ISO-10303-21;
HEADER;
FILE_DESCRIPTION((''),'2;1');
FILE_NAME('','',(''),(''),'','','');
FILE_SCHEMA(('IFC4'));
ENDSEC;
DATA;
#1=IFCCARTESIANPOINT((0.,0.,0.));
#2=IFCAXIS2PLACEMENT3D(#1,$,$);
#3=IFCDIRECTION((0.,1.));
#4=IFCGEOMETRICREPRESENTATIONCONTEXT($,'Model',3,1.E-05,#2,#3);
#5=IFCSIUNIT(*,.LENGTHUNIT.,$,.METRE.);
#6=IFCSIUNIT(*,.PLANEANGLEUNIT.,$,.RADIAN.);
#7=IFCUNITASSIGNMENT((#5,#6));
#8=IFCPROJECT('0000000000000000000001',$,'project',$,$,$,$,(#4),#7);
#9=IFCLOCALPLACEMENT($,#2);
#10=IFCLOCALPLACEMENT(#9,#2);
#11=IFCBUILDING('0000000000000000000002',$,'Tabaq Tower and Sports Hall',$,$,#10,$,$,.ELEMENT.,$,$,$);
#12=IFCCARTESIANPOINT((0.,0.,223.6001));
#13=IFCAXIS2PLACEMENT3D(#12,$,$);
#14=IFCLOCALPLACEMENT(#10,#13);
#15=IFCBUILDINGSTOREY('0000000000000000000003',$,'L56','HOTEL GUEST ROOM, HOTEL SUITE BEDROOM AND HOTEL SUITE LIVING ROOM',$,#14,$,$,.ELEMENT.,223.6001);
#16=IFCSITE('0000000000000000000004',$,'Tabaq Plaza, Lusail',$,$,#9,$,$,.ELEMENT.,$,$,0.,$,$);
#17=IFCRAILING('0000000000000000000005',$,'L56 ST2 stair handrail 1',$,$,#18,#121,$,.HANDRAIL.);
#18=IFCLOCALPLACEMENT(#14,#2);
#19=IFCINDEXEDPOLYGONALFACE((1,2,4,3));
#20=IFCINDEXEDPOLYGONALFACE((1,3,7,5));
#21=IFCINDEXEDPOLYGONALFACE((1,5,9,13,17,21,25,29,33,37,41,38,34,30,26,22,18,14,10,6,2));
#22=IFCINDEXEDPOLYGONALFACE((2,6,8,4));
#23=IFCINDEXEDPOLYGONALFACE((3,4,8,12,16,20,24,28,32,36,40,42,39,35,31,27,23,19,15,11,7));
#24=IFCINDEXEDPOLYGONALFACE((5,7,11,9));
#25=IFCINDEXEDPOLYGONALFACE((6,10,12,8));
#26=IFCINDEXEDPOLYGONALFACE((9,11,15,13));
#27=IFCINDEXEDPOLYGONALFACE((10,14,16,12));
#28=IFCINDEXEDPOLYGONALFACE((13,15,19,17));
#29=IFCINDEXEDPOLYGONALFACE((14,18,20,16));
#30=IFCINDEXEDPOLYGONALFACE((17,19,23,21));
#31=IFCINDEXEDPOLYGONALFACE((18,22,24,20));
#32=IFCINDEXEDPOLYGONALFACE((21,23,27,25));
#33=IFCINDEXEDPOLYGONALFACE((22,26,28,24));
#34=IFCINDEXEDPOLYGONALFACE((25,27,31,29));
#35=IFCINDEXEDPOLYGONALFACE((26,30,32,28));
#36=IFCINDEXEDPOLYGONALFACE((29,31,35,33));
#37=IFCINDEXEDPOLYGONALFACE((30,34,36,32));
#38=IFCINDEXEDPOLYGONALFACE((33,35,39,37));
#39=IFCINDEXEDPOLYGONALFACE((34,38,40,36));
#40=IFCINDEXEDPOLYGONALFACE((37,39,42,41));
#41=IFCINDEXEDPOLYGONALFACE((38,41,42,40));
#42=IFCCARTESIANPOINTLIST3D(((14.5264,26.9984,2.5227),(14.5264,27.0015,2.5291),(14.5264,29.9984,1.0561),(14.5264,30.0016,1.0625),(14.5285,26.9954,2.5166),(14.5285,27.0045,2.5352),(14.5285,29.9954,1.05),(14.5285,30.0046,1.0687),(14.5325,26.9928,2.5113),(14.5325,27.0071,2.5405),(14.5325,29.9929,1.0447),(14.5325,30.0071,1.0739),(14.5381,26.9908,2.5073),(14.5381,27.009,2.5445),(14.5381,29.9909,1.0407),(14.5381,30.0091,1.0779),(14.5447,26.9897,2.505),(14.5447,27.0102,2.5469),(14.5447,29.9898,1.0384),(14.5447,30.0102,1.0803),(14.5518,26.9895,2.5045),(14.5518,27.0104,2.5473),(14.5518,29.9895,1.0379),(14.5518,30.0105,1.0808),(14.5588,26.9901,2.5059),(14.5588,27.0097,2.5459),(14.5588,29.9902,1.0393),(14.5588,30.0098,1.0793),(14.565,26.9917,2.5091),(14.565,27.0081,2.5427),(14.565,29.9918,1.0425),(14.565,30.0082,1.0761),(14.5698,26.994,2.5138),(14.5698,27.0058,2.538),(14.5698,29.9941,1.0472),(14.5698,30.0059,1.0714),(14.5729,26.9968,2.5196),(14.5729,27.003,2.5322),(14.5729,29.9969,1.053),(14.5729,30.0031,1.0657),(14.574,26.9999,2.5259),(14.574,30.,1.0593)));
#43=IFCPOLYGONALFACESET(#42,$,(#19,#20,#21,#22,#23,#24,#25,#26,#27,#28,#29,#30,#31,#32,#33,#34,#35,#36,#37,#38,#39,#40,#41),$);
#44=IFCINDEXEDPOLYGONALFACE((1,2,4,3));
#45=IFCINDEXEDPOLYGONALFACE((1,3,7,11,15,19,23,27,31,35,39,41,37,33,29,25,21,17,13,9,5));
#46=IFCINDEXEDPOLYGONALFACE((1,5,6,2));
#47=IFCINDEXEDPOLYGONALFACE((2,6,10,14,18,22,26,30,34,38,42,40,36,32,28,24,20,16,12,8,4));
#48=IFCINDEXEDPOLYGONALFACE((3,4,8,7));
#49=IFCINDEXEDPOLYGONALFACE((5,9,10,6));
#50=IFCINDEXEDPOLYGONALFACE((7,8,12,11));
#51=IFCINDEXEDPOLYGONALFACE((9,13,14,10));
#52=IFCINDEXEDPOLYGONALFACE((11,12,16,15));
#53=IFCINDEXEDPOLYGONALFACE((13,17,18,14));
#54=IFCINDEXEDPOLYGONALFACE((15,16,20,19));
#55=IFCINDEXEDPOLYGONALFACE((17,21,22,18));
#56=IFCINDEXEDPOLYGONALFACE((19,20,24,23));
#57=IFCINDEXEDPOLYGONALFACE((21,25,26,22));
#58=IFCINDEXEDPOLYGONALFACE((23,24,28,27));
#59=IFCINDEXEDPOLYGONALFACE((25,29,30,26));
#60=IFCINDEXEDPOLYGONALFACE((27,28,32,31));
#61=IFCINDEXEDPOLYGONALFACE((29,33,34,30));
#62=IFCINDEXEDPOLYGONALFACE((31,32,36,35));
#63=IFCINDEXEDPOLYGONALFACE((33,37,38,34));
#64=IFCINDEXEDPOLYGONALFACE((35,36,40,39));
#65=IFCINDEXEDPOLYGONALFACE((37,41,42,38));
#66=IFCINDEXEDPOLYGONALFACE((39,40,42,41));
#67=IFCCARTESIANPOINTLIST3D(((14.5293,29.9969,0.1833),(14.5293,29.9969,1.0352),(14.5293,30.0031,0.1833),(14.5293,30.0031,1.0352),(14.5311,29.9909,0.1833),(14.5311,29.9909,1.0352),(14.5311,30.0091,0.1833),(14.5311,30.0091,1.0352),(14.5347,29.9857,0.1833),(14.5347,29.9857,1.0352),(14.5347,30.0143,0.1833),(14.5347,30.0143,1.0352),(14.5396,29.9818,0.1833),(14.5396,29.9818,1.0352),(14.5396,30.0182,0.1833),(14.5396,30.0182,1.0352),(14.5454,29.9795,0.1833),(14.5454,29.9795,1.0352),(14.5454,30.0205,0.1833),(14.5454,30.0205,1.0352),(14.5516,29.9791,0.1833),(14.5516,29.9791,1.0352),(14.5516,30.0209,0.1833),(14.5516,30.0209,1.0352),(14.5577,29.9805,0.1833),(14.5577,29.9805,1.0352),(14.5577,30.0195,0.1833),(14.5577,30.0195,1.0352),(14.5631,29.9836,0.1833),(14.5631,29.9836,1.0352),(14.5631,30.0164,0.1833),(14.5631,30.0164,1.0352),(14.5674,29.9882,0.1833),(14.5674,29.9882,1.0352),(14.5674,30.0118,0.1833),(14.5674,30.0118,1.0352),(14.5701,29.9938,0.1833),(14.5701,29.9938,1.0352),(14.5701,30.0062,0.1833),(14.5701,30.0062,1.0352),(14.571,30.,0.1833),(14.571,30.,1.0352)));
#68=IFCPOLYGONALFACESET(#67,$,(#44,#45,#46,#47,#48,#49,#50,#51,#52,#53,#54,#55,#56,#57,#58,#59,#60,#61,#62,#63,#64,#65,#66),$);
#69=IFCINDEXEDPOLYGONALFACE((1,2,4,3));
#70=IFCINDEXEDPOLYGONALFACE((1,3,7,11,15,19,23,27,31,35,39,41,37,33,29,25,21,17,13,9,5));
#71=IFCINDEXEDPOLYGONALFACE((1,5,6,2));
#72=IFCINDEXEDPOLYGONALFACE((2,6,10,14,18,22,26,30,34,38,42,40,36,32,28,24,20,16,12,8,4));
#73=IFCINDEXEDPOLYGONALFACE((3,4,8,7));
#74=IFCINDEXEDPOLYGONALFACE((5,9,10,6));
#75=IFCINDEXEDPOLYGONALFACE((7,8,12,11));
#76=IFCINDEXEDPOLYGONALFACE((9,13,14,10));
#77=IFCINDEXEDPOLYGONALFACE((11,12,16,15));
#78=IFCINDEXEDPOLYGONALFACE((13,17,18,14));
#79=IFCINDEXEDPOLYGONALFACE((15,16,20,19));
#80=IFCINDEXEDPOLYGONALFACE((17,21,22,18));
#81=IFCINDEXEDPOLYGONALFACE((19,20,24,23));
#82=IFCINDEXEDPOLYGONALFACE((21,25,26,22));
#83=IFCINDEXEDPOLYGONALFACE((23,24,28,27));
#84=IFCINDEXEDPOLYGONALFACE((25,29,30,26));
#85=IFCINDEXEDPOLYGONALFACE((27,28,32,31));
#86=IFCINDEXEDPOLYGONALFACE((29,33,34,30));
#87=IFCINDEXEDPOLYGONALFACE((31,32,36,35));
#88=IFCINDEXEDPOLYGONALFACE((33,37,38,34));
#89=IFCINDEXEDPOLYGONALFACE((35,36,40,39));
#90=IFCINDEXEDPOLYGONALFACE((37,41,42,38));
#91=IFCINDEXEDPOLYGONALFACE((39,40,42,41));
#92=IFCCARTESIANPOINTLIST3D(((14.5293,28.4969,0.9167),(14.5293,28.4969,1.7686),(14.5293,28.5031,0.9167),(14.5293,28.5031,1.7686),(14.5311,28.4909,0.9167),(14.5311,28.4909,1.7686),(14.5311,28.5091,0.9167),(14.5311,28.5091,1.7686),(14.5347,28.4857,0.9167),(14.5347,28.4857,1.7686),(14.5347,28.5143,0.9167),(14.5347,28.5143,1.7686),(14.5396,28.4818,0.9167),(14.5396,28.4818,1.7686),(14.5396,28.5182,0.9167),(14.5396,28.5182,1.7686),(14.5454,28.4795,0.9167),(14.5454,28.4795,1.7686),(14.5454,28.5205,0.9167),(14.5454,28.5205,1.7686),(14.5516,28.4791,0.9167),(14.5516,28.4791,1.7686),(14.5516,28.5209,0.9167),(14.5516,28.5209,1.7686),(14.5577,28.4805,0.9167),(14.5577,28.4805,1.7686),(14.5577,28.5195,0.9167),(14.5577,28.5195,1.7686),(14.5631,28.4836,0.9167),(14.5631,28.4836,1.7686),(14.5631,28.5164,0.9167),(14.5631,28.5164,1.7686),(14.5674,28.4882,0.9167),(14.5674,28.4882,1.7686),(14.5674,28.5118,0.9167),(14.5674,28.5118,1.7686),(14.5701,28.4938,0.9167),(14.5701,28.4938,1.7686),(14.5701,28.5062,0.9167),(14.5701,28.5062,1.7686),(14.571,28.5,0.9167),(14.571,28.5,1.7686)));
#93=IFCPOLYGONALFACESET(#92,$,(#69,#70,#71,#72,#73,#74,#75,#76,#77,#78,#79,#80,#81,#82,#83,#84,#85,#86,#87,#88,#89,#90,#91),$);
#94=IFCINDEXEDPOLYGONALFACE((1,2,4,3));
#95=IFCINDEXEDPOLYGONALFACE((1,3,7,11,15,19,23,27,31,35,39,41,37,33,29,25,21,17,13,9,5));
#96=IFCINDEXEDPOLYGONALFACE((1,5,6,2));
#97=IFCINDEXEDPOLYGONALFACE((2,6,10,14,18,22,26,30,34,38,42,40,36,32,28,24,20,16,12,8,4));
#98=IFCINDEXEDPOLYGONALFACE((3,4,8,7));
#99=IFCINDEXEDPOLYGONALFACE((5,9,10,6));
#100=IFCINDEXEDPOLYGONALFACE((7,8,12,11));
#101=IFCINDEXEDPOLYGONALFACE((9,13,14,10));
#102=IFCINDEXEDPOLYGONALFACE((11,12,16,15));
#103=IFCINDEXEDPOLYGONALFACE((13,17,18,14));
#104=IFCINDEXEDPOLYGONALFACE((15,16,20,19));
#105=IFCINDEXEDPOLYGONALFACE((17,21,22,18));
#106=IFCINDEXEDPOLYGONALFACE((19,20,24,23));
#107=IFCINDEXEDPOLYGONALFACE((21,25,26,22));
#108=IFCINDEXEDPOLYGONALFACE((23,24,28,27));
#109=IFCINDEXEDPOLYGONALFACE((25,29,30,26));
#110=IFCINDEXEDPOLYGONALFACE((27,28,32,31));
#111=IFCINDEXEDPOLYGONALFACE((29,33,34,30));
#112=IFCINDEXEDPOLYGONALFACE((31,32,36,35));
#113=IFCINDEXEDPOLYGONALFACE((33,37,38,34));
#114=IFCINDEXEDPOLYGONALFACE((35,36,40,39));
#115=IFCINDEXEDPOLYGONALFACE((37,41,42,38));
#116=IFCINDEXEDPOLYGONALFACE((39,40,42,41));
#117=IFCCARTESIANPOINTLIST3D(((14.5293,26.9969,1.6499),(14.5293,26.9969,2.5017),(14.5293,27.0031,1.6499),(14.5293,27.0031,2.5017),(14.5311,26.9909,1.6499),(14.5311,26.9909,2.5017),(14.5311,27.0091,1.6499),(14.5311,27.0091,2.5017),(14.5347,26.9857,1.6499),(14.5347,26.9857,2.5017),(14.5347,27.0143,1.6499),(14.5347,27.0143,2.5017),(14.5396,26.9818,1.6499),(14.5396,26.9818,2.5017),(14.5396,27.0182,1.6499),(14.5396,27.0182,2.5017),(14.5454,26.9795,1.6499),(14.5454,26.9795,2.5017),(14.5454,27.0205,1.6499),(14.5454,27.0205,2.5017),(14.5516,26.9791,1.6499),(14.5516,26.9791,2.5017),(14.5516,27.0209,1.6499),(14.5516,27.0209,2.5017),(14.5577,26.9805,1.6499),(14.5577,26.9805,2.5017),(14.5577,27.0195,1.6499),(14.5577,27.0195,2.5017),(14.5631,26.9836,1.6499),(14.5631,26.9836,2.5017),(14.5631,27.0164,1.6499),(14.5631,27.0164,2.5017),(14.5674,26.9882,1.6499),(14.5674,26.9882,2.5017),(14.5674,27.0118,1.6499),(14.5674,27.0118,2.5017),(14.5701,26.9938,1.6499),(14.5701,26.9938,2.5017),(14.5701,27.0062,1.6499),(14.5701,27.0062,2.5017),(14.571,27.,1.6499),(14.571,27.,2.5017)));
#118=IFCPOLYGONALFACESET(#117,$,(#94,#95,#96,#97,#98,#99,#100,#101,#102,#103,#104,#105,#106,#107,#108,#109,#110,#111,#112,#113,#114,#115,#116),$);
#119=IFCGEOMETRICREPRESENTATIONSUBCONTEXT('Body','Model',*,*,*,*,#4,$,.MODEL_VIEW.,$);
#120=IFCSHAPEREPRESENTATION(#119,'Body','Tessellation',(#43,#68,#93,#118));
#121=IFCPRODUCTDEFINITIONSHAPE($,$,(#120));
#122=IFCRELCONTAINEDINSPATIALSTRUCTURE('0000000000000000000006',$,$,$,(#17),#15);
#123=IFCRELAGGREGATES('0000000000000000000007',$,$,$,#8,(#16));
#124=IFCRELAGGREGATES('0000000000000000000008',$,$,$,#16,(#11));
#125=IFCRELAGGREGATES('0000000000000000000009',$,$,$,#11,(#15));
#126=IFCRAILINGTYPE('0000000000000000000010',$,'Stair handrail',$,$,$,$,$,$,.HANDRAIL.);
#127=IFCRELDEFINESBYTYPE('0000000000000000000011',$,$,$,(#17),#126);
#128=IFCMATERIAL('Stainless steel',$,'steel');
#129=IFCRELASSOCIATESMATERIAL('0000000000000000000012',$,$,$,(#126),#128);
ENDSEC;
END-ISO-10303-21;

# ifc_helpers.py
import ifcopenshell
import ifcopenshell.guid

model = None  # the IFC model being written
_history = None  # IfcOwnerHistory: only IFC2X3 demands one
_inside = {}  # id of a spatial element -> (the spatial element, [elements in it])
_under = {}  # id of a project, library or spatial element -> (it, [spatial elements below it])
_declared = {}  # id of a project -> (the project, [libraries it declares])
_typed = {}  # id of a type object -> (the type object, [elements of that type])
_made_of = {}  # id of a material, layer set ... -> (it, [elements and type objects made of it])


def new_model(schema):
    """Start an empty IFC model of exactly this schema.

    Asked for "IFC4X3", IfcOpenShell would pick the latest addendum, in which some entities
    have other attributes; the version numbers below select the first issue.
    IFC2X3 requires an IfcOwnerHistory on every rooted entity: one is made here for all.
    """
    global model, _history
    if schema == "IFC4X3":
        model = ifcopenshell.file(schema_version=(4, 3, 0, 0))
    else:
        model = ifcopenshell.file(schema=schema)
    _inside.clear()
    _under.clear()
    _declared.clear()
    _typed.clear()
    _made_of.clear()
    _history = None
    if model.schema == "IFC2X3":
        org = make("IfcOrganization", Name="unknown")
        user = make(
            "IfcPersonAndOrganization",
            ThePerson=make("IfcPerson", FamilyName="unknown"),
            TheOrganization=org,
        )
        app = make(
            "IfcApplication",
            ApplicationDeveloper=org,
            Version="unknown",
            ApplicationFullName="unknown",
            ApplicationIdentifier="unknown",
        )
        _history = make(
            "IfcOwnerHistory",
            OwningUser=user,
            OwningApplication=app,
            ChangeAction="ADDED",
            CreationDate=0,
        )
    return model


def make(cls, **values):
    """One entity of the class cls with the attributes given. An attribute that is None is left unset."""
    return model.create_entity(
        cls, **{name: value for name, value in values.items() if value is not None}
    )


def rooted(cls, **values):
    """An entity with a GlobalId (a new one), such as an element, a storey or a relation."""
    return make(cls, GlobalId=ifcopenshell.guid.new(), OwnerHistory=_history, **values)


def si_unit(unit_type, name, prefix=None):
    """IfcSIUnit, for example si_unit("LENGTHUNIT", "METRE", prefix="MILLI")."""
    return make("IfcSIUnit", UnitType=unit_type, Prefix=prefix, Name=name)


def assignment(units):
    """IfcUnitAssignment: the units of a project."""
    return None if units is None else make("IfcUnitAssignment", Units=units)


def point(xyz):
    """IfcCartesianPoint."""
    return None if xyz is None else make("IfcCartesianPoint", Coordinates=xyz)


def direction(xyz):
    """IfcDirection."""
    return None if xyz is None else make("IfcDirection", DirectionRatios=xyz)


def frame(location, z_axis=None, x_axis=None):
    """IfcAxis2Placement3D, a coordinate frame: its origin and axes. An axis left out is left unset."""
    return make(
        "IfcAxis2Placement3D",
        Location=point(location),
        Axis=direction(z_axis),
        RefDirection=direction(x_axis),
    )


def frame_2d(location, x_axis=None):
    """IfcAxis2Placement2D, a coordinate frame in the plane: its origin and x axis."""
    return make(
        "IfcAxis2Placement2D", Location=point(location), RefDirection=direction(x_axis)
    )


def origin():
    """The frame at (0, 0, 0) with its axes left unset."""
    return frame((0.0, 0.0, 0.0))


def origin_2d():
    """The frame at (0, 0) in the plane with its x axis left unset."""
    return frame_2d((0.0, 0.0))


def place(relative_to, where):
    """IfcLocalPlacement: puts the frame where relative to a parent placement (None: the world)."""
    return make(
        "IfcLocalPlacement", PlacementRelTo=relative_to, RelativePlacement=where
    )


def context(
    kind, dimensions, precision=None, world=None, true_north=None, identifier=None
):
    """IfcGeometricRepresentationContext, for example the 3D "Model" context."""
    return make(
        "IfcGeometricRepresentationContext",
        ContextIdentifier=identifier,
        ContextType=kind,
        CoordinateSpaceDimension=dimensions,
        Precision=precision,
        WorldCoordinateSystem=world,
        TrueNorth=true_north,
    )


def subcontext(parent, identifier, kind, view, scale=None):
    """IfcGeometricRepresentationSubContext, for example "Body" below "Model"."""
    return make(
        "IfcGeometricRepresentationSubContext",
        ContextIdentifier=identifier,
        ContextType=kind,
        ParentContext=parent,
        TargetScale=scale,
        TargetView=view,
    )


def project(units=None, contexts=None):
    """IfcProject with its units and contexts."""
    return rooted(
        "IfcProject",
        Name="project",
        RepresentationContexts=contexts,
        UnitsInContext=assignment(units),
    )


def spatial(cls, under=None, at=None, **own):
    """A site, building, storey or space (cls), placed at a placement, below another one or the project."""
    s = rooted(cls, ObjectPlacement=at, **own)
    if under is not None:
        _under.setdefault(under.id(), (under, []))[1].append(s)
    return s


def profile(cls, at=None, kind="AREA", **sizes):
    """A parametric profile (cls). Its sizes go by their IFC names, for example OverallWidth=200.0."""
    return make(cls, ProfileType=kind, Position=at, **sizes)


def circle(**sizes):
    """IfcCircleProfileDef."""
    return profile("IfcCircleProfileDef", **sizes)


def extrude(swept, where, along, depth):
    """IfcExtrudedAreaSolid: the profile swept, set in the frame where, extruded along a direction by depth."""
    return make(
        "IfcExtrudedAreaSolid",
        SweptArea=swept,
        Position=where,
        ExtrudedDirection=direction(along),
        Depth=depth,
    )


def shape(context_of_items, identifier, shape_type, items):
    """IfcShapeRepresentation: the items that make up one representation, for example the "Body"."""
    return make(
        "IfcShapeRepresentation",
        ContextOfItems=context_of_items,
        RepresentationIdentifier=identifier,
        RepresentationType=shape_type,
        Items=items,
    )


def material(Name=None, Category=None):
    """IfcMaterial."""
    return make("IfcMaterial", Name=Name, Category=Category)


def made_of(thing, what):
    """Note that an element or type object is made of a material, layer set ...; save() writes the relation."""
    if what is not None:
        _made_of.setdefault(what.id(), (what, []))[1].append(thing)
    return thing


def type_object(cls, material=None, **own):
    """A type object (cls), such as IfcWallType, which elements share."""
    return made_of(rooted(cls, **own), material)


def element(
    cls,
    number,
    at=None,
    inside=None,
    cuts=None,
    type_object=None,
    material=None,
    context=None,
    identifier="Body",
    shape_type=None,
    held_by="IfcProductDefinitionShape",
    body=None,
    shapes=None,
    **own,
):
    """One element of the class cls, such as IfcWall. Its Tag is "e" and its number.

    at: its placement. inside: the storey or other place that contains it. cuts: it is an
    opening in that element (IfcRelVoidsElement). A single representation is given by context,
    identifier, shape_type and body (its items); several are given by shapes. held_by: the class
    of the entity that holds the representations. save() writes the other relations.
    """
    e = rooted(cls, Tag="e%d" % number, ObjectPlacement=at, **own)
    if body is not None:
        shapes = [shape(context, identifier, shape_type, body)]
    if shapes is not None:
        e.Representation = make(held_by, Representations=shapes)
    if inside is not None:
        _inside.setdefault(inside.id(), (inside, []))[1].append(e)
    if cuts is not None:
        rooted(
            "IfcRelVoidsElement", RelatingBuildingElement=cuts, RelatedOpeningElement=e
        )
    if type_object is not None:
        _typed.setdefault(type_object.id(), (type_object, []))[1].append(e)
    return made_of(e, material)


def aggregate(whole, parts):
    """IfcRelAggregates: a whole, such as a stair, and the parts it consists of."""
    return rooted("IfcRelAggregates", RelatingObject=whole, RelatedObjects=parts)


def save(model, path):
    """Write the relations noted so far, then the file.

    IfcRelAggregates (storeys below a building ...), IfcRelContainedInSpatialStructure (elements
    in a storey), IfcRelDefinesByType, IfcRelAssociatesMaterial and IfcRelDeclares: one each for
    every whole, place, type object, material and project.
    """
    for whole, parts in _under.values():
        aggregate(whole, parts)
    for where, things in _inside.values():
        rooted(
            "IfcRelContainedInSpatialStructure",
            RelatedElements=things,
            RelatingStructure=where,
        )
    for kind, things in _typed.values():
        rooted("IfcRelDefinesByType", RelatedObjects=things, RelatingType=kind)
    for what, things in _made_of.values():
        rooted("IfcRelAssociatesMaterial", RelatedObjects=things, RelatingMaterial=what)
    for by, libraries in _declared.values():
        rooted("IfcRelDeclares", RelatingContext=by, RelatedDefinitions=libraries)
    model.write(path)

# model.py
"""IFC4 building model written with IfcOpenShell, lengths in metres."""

from ifc_helpers import new_model, si_unit, direction, frame, origin, origin_2d, place, context, subcontext, project, spatial, circle, extrude, material, type_object, element, save


model = new_model("IFC4")

# Units and contexts
model_context = context("Model", 3, precision=1e-05, world=origin(), true_north=direction((0.0, 1.0)))
body_context = subcontext(model_context, "Body", "Model", "MODEL_VIEW")
ifc_project = project(units=[si_unit("LENGTHUNIT", "METRE"), si_unit("PLANEANGLEUNIT", "RADIAN")], contexts=[model_context])

# Site, building, storey
site_placement = place(None, origin())
site = spatial("IfcSite", under=ifc_project, at=site_placement, Name="Tabaq Plaza, Lusail", CompositionType="ELEMENT", RefElevation=0.0)
building_placement = place(site_placement, origin())
building = spatial("IfcBuilding", under=site, at=building_placement, Name="Tabaq Tower and Sports Hall", CompositionType="ELEMENT")
storey_placement = place(building_placement, frame((0.0, 0.0, 223.6001)))
storey = spatial("IfcBuildingStorey", under=building, at=storey_placement, Name="L56", Description="HOTEL GUEST ROOM, HOTEL SUITE BEDROOM AND HOTEL SUITE LIVING ROOM", CompositionType="ELEMENT", Elevation=223.6001)

# Railing
ifc_material_1 = material(Name="Stainless steel", Category="steel")
railing_type_1 = type_object("IfcRailingType", Name="Stair handrail", PredefinedType="HANDRAIL", material=ifc_material_1)
railing_1_placement = place(storey_placement, frame((14.55, 30.0, 0.1833)))
element("IfcRailing", 1, at=railing_1_placement, inside=storey, type_object=railing_type_1, Name="L56 ST2 stair handrail 1", PredefinedType="HANDRAIL", context=body_context, shape_type="SweptSolid", body=[
    extrude(circle(Radius=0.0239, at=origin_2d()), frame((0.0, 0.0, 0.876), z_axis=(0.0, -0.898398, 0.439183), x_axis=(1.0, 0.0, 0.0)), (0.0, 0.0, 1.0), 3.3394),
    extrude(circle(Radius=0.021, at=origin_2d()), origin(), (0.0, 0.0, 1.0), 0.8518),
    extrude(circle(Radius=0.021, at=origin_2d()), frame((0.0, -1.5, 0.7334)), (0.0, 0.0, 1.0), 0.8518),
    extrude(circle(Radius=0.021, at=origin_2d()), frame((0.0, -3.0, 1.4666)), (0.0, 0.0, 1.0), 0.8518),
])

save(model, "model.ifc")
